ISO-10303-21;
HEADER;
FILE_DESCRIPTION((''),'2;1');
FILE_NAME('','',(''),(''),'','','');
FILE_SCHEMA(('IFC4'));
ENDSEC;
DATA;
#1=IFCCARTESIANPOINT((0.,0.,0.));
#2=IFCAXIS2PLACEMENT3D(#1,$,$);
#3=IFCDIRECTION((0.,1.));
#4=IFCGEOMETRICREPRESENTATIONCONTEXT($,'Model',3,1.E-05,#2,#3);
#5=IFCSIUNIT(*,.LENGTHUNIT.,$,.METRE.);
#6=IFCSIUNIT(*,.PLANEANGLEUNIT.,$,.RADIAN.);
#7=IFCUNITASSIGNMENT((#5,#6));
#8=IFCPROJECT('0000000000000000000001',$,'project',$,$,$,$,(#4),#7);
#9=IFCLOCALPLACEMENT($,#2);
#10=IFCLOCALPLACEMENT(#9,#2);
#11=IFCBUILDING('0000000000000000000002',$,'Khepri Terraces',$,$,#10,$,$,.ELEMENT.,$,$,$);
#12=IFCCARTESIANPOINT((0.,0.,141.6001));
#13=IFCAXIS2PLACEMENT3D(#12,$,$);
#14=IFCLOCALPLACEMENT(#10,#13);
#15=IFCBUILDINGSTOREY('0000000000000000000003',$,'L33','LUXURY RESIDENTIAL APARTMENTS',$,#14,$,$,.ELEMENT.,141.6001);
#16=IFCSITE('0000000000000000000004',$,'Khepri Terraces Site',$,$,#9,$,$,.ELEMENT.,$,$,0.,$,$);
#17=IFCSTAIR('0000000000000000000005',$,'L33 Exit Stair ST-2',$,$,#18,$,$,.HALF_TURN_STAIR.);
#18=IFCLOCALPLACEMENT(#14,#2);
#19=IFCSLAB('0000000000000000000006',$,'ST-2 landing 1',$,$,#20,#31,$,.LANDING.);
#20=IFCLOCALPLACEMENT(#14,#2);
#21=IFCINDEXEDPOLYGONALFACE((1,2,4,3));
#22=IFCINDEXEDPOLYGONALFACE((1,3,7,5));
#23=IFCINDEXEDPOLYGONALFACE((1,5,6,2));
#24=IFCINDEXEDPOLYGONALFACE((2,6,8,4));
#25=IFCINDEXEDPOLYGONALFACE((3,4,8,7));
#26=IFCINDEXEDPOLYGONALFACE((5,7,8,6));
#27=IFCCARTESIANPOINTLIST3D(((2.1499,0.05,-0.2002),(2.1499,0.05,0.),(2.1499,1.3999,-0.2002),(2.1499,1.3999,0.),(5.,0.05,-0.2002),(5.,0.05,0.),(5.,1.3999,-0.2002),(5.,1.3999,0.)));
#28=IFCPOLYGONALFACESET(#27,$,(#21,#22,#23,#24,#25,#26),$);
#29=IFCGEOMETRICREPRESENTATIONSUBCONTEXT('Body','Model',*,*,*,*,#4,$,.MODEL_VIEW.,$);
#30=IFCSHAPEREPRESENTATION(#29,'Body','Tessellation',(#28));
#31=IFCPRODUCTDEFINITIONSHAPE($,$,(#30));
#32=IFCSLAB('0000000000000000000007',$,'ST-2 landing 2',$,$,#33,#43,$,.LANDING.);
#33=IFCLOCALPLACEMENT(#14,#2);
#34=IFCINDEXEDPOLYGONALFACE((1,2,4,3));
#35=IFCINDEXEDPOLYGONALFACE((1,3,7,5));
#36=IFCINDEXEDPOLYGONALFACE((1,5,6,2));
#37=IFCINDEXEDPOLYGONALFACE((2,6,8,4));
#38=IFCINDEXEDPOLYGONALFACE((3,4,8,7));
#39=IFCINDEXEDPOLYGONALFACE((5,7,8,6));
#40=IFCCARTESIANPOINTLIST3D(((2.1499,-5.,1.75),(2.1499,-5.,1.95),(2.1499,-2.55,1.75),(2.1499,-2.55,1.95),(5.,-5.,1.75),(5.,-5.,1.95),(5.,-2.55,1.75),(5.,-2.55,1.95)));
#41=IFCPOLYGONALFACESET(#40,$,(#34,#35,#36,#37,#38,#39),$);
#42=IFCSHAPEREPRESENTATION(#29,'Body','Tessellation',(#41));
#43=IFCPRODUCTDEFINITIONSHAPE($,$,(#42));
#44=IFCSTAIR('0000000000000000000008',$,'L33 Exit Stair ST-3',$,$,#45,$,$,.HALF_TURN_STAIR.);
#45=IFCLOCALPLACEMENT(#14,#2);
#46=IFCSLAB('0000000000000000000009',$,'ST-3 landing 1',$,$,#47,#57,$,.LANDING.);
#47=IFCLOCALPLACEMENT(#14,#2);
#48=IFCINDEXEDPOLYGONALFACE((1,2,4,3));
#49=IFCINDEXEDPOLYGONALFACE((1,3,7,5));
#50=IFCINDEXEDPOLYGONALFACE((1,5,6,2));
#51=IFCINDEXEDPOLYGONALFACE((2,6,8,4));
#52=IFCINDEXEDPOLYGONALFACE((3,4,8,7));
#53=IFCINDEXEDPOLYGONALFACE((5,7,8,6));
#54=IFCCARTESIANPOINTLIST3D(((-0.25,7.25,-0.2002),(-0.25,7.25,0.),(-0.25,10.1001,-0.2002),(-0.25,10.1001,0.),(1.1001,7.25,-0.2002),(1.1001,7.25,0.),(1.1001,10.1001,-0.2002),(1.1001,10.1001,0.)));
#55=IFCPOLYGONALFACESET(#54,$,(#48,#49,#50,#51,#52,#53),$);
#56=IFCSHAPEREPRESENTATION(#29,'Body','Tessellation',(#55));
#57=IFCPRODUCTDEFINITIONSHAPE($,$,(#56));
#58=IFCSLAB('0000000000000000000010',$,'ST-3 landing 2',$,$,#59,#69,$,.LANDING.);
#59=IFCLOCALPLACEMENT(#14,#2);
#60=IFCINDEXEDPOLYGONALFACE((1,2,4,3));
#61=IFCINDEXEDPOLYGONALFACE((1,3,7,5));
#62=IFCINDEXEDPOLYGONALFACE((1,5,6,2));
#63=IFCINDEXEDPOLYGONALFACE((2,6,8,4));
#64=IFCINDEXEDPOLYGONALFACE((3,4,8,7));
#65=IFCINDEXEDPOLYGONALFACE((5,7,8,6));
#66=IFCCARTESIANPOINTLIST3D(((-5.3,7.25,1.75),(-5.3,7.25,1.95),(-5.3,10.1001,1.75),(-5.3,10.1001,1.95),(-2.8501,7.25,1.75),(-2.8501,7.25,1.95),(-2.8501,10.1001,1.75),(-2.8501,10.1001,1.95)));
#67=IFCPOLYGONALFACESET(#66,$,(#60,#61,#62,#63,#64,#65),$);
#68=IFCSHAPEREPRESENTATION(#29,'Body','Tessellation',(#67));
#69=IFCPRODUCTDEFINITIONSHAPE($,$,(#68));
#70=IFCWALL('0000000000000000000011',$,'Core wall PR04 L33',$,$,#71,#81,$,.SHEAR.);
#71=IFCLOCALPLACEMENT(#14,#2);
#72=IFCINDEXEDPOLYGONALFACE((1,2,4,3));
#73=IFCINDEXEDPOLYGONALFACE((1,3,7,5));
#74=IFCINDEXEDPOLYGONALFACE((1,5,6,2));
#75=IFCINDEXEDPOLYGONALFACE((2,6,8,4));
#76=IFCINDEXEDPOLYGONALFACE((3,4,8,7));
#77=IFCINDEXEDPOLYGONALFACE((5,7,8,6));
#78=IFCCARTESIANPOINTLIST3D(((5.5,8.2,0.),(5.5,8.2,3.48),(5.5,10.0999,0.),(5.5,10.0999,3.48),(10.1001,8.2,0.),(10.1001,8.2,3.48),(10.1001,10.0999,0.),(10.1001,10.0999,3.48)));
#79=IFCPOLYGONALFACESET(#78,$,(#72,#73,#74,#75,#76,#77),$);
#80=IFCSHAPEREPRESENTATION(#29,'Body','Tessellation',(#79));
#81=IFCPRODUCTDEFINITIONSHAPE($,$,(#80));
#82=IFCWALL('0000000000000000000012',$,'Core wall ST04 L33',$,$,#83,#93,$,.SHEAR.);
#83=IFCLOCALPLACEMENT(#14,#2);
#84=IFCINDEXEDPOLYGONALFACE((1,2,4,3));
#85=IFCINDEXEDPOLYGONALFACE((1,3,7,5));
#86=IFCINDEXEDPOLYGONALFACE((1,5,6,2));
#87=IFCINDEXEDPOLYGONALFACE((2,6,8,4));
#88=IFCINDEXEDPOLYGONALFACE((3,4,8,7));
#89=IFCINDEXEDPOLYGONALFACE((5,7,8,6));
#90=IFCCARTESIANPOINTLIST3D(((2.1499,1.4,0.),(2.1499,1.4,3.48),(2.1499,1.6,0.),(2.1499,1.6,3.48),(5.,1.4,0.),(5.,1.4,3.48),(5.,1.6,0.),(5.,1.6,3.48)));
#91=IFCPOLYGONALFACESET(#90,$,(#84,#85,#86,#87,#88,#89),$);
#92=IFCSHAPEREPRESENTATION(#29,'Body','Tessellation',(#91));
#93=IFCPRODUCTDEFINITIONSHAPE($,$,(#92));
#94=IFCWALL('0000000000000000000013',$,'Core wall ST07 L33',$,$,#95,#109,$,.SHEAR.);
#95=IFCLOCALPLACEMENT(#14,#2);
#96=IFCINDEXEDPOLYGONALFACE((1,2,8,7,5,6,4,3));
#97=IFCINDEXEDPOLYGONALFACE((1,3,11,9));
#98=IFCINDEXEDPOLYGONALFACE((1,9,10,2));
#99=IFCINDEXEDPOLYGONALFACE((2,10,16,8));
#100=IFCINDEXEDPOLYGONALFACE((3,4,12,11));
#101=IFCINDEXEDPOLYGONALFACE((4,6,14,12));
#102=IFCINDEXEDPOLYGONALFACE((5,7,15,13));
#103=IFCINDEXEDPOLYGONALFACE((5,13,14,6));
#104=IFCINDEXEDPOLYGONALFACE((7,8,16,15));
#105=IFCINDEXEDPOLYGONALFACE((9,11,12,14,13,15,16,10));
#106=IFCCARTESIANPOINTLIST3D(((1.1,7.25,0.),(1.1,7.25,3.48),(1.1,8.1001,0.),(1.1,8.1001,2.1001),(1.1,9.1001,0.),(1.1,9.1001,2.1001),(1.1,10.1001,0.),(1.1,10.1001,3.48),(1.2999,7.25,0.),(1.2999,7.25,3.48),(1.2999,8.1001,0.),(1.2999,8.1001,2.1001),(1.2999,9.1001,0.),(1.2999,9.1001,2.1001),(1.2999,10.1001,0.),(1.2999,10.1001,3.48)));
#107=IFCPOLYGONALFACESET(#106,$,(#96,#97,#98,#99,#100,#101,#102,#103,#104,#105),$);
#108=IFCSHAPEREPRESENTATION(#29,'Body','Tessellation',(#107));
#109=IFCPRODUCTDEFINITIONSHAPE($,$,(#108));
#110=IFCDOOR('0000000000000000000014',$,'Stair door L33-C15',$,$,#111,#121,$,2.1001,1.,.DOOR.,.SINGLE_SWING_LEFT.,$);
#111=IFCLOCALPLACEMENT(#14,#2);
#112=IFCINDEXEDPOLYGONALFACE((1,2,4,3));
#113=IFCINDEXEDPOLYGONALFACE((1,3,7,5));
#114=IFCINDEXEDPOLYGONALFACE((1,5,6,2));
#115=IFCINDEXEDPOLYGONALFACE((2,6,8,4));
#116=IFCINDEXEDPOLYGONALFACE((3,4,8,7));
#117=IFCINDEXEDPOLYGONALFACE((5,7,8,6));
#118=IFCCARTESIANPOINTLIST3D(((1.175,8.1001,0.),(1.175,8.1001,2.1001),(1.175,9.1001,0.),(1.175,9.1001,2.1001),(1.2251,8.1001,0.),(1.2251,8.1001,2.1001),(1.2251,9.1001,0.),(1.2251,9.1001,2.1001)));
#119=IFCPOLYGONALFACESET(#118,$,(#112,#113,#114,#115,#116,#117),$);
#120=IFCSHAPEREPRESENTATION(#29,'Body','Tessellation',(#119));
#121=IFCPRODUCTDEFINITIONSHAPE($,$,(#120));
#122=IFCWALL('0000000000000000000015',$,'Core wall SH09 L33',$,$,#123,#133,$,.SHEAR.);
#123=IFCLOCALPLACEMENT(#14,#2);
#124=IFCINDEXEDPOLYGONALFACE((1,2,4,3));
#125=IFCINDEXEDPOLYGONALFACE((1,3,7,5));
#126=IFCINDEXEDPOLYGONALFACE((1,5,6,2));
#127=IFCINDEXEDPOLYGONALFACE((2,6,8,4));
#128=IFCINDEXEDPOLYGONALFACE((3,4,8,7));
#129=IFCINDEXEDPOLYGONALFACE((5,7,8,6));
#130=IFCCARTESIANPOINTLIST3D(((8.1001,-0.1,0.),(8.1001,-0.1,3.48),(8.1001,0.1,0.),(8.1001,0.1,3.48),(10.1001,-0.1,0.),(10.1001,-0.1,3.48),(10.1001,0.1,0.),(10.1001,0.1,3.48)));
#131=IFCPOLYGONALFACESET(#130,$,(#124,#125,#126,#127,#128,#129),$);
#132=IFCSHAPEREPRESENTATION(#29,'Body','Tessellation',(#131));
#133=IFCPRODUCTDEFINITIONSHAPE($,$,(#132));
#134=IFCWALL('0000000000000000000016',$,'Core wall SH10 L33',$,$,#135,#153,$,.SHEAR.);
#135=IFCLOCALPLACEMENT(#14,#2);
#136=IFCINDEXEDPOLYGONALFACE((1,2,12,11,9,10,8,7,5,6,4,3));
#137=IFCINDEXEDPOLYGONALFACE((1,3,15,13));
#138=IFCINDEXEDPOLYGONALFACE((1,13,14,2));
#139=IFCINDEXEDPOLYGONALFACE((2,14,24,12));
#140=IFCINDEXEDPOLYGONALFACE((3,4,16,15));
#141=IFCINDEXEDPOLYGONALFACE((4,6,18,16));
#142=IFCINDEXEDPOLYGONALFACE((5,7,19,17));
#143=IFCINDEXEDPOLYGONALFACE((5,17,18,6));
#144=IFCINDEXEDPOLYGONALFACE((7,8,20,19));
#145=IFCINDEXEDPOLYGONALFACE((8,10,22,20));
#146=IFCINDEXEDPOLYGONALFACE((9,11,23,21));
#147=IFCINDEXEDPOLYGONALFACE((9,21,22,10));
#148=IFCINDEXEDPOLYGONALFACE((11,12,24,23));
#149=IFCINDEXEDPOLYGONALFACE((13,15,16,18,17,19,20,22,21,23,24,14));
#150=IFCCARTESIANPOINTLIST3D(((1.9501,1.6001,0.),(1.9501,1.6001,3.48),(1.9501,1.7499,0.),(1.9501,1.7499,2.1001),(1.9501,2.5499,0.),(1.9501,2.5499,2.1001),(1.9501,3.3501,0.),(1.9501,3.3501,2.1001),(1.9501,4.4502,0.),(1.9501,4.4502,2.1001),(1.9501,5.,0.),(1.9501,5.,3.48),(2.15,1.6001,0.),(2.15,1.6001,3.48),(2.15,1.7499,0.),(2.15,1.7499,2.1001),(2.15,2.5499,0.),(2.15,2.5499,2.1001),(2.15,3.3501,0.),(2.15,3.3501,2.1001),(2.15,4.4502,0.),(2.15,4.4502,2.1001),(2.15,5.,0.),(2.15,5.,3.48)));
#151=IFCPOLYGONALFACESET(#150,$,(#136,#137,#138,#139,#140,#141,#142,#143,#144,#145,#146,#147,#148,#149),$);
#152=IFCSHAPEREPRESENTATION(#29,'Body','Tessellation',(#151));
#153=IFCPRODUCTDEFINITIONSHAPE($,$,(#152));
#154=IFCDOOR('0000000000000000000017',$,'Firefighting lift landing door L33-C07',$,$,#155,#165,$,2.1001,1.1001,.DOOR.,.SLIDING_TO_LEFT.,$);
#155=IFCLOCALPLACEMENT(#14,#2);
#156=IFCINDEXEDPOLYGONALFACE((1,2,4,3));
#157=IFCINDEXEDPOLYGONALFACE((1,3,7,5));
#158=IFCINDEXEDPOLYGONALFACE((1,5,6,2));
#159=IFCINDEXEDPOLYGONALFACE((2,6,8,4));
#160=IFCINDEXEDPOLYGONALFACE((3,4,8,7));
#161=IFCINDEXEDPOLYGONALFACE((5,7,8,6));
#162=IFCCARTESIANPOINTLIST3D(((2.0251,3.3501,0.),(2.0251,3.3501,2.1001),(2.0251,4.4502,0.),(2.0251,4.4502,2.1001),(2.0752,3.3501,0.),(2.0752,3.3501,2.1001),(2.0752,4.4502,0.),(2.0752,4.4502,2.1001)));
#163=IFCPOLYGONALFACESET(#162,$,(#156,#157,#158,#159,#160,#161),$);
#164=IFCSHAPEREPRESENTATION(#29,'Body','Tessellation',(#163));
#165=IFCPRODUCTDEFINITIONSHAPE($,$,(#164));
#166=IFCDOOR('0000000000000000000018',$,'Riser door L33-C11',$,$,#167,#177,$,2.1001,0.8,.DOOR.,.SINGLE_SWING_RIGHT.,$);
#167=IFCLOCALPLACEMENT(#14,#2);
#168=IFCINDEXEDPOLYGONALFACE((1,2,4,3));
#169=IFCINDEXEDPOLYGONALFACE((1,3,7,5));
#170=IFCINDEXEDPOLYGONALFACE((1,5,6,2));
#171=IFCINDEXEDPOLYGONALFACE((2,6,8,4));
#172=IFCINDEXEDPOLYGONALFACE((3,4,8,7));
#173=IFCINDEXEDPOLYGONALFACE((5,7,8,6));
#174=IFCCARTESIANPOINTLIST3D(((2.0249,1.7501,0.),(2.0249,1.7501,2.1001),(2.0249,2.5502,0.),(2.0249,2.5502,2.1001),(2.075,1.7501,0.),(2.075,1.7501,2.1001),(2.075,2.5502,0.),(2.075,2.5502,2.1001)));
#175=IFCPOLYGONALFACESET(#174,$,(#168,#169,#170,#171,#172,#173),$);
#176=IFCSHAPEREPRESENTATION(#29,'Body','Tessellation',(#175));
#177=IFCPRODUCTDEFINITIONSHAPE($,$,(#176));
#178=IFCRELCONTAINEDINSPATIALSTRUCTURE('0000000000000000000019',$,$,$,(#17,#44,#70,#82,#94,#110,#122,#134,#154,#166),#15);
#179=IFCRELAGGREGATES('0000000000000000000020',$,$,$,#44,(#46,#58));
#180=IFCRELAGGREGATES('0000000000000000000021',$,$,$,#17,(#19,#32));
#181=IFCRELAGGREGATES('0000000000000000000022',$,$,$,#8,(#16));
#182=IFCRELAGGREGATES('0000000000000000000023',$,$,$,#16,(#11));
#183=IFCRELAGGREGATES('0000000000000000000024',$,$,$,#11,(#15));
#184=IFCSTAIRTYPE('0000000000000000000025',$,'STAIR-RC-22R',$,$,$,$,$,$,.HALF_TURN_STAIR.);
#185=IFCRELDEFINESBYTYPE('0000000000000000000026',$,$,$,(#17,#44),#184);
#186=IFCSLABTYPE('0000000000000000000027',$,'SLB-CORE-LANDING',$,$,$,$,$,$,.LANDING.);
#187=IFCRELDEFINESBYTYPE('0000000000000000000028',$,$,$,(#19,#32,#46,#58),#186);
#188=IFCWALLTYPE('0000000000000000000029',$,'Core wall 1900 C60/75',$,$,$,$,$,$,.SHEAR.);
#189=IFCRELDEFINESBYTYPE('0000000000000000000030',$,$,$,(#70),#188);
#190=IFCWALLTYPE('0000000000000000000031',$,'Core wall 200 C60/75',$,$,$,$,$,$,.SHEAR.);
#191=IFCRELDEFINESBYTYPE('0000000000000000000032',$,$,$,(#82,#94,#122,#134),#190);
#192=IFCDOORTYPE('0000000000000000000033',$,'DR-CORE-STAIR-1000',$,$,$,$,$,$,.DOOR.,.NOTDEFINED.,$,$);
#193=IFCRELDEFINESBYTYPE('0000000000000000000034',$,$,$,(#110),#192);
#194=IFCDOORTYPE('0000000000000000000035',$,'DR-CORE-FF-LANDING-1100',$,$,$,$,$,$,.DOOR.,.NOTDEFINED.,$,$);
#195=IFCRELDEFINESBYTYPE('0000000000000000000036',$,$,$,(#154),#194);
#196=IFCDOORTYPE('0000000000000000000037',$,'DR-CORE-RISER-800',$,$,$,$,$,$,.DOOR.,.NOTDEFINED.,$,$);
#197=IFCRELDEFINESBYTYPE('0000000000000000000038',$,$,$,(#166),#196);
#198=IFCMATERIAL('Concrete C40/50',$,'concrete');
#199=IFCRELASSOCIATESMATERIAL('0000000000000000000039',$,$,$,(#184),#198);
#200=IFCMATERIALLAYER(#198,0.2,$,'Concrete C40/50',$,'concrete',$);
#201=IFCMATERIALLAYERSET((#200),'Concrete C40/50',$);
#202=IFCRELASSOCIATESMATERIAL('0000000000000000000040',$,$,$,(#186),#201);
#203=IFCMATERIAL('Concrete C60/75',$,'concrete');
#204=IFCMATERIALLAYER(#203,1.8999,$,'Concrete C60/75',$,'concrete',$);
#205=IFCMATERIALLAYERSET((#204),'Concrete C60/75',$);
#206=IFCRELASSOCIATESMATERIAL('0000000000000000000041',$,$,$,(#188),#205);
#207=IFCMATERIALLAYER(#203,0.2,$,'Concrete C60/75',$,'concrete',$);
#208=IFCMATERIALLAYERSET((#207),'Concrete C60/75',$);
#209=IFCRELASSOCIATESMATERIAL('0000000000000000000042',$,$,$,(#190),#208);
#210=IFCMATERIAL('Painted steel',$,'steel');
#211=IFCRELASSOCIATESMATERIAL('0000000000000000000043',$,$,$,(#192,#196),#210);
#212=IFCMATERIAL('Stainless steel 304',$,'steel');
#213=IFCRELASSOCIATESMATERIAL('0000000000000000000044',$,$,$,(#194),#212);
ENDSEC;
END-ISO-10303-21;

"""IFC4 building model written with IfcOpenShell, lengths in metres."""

from ifc_helpers import new_model, si_unit, direction, frame, frame_2d, origin, place, context, subcontext, project, spatial, polyline, rectangle, outline, extrude, material, layer, layer_set, type_object, element, fill, aggregate, save


model = new_model("IFC4")

# Units and contexts
model_context = context("Model", 3, precision=1e-05, world=origin(), true_north=direction((0.0, 1.0)))
body_context = subcontext(model_context, "Body", "Model", "MODEL_VIEW")
ifc_project = project(units=[si_unit("LENGTHUNIT", "METRE"), si_unit("PLANEANGLEUNIT", "RADIAN")], contexts=[model_context])

# Site, building, storey
site_placement = place(None, origin())
site = spatial("IfcSite", under=ifc_project, at=site_placement, Name="Khepri Terraces Site", CompositionType="ELEMENT", RefElevation=0.0)
building_placement = place(site_placement, origin())
building = spatial("IfcBuilding", under=site, at=building_placement, Name="Khepri Terraces", CompositionType="ELEMENT")
storey_placement = place(building_placement, frame((0.0, 0.0, 141.6001)))
storey = spatial("IfcBuildingStorey", under=building, at=storey_placement, Name="L33", Description="LUXURY RESIDENTIAL APARTMENTS", CompositionType="ELEMENT", Elevation=141.6001)

# Stairs, slabs
ifc_material_1 = material(Name="Concrete C40/50", Category="concrete")
stair_type = type_object("IfcStairType", Name="STAIR-RC-22R", PredefinedType="HALF_TURN_STAIR", material=ifc_material_1)
stair_1_placement = place(storey_placement, origin())
stair_1 = element("IfcStair", 1, at=stair_1_placement, inside=storey, type_object=stair_type, Name="L33 Exit Stair ST-2", PredefinedType="HALF_TURN_STAIR")
ifc_layer_1 = layer(ifc_material_1, 0.2, Name="Concrete C40/50", Category="concrete")
ifc_layer_set_1 = layer_set([ifc_layer_1], Name="Concrete C40/50")
slab_type = type_object("IfcSlabType", Name="SLB-CORE-LANDING", PredefinedType="LANDING", material=ifc_layer_set_1)
slab_1_placement = place(storey_placement, frame((0.0, 0.0, -0.2002)))
slab_1 = element("IfcSlab", 2, at=slab_1_placement, type_object=slab_type, Name="ST-2 landing 1", PredefinedType="LANDING", context=body_context, shape_type="SweptSolid", body=[
    extrude(outline(polyline([(2.1499, 1.3999), (2.1499, 0.05), (5.0, 0.05), (5.0, 1.3999), (2.1499, 1.3999)])), origin(), (0.0, 0.0, 1.0), 0.2002),
])
slab_2_placement = place(storey_placement, frame((0.0, 0.0, 1.75)))
slab_2 = element("IfcSlab", 3, at=slab_2_placement, type_object=slab_type, Name="ST-2 landing 2", PredefinedType="LANDING", context=body_context, shape_type="SweptSolid", body=[
    extrude(outline(polyline([(2.1499, -2.55), (2.1499, -5.0), (5.0, -5.0), (5.0, -2.55), (2.1499, -2.55)])), origin(), (0.0, 0.0, 1.0), 0.2),
])
stair_2_placement = place(storey_placement, origin())
stair_2 = element("IfcStair", 4, at=stair_2_placement, inside=storey, type_object=stair_type, Name="L33 Exit Stair ST-3", PredefinedType="HALF_TURN_STAIR")
slab_3_placement = place(storey_placement, frame((0.0, 0.0, -0.2002)))
slab_3 = element("IfcSlab", 5, at=slab_3_placement, type_object=slab_type, Name="ST-3 landing 1", PredefinedType="LANDING", context=body_context, shape_type="SweptSolid", body=[
    extrude(outline(polyline([(1.1001, 10.1001), (-0.25, 10.1001), (-0.25, 7.25), (1.1001, 7.25), (1.1001, 10.1001)])), origin(), (0.0, 0.0, 1.0), 0.2002),
])
slab_4_placement = place(storey_placement, frame((0.0, 0.0, 1.75)))
slab_4 = element("IfcSlab", 6, at=slab_4_placement, type_object=slab_type, Name="ST-3 landing 2", PredefinedType="LANDING", context=body_context, shape_type="SweptSolid", body=[
    extrude(outline(polyline([(-2.8501, 10.1001), (-5.3, 10.1001), (-5.3, 7.25), (-2.8501, 7.25), (-2.8501, 10.1001)])), origin(), (0.0, 0.0, 1.0), 0.2),
])
aggregate(stair_2, [slab_3, slab_4])

# Walls
ifc_material_2 = material(Name="Concrete C60/75", Category="concrete")
ifc_layer_2 = layer(ifc_material_2, 1.8999, Name="Concrete C60/75", Category="concrete")
ifc_layer_set_2 = layer_set([ifc_layer_2], Name="Concrete C60/75")
wall_type_1 = type_object("IfcWallType", Name="Core wall 1900 C60/75", PredefinedType="SHEAR", material=ifc_layer_set_2)
wall_1_placement = place(storey_placement, frame((5.5, 9.1499, 0.0), z_axis=(0.0, 0.0, 1.0), x_axis=(1.0, 0.0, 0.0)))
element("IfcWall", 7, at=wall_1_placement, inside=storey, type_object=wall_type_1, Name="Core wall PR04 L33", PredefinedType="SHEAR", context=body_context, shape_type="SweptSolid", body=[
    extrude(rectangle(XDim=4.6001, YDim=1.8999, at=frame_2d((2.3, 0.0))), origin(), (0.0, 0.0, 1.0), 3.48),
])
ifc_layer_3 = layer(ifc_material_2, 0.2, Name="Concrete C60/75", Category="concrete")
ifc_layer_set_3 = layer_set([ifc_layer_3], Name="Concrete C60/75")
wall_type_2 = type_object("IfcWallType", Name="Core wall 200 C60/75", PredefinedType="SHEAR", material=ifc_layer_set_3)
wall_2_placement = place(storey_placement, frame((2.1499, 1.5, 0.0), z_axis=(0.0, 0.0, 1.0), x_axis=(1.0, 0.0, 0.0)))
element("IfcWall", 8, at=wall_2_placement, inside=storey, type_object=wall_type_2, Name="Core wall ST04 L33", PredefinedType="SHEAR", context=body_context, shape_type="SweptSolid", body=[
    extrude(rectangle(XDim=2.8501, YDim=0.2, at=frame_2d((1.425, 0.0))), origin(), (0.0, 0.0, 1.0), 3.48),
])

# Wall, opening, door
wall_3_placement = place(storey_placement, frame((1.2, 7.25, 0.0), z_axis=(0.0, 0.0, 1.0), x_axis=(0.0, 1.0, 0.0)))
wall_3 = element("IfcWall", 9, at=wall_3_placement, inside=storey, type_object=wall_type_2, Name="Core wall ST07 L33", PredefinedType="SHEAR", context=body_context, shape_type="SweptSolid", body=[
    extrude(rectangle(XDim=2.8501, YDim=0.2, at=frame_2d((1.425, 0.0))), origin(), (0.0, 0.0, 1.0), 3.48),
])
opening_1_placement = place(wall_3_placement, frame((0.8501, 0.0, 0.0)))
opening_1 = element("IfcOpeningElement", 10, at=opening_1_placement, cuts=wall_3, PredefinedType="OPENING", context=body_context, shape_type="SweptSolid", body=[
    extrude(rectangle(XDim=1.0, YDim=2.1001, at=frame_2d((0.5, 1.05))), frame((0.0, 0.1099, 0.0), z_axis=(0.0, -1.0, 0.0), x_axis=(1.0, 0.0, 0.0)), (0.0, 0.0, 1.0), 0.22),
])
ifc_material_3 = material(Name="Painted steel", Category="steel")
door_type_1 = type_object("IfcDoorType", Name="DR-CORE-STAIR-1000", OperationType="NOTDEFINED", PredefinedType="DOOR", material=ifc_material_3)
door_1_placement = place(opening_1_placement, origin())
door_1 = element("IfcDoor", 11, at=door_1_placement, inside=storey, type_object=door_type_1, Name="Stair door L33-C15", OperationType="SINGLE_SWING_LEFT", OverallHeight=2.1001, OverallWidth=1.0, PredefinedType="DOOR", context=body_context, shape_type="SweptSolid", body=[
    extrude(rectangle(XDim=1.0, YDim=2.1001, at=frame_2d((0.5, 1.05))), frame((0.0, 0.0249, 0.0), z_axis=(0.0, -1.0, 0.0), x_axis=(1.0, 0.0, 0.0)), (0.0, 0.0, 1.0), 0.05),
])
fill(opening_1, door_1)

# Wall
wall_4_placement = place(storey_placement, frame((8.1001, 0.0, 0.0), z_axis=(0.0, 0.0, 1.0), x_axis=(1.0, 0.0, 0.0)))
element("IfcWall", 12, at=wall_4_placement, inside=storey, type_object=wall_type_2, Name="Core wall SH09 L33", PredefinedType="SHEAR", context=body_context, shape_type="SweptSolid", body=[
    extrude(rectangle(XDim=2.0, YDim=0.2, at=frame_2d((1.0, 0.0))), origin(), (0.0, 0.0, 1.0), 3.48),
])

# Wall, openings, doors
wall_5_placement = place(storey_placement, frame((2.05, 1.6001, 0.0), z_axis=(0.0, 0.0, 1.0), x_axis=(0.0, 1.0, 0.0)))
wall_5 = element("IfcWall", 13, at=wall_5_placement, inside=storey, type_object=wall_type_2, Name="Core wall SH10 L33", PredefinedType="SHEAR", context=body_context, shape_type="SweptSolid", body=[
    extrude(rectangle(XDim=3.3999, YDim=0.2, at=frame_2d((1.7, 0.0))), origin(), (0.0, 0.0, 1.0), 3.48),
])
opening_2_placement = place(wall_5_placement, frame((1.75, 0.0, 0.0)))
opening_2 = element("IfcOpeningElement", 14, at=opening_2_placement, cuts=wall_5, PredefinedType="OPENING", context=body_context, shape_type="SweptSolid", body=[
    extrude(rectangle(XDim=1.1001, YDim=2.1001, at=frame_2d((0.55, 1.05))), frame((0.0, 0.1099, 0.0), z_axis=(0.0, -1.0, 0.0), x_axis=(1.0, 0.0, 0.0)), (0.0, 0.0, 1.0), 0.22),
])
opening_3_placement = place(wall_5_placement, frame((0.1499, 0.0, 0.0)))
opening_3 = element("IfcOpeningElement", 15, at=opening_3_placement, cuts=wall_5, PredefinedType="OPENING", context=body_context, shape_type="SweptSolid", body=[
    extrude(rectangle(XDim=0.8, YDim=2.1001, at=frame_2d((0.3999, 1.05))), frame((0.0, 0.1099, 0.0), z_axis=(0.0, -1.0, 0.0), x_axis=(1.0, 0.0, 0.0)), (0.0, 0.0, 1.0), 0.22),
])
ifc_material_4 = material(Name="Stainless steel 304", Category="steel")
door_type_2 = type_object("IfcDoorType", Name="DR-CORE-FF-LANDING-1100", OperationType="NOTDEFINED", PredefinedType="DOOR", material=ifc_material_4)
door_2_placement = place(opening_2_placement, origin())
door_2 = element("IfcDoor", 16, at=door_2_placement, inside=storey, type_object=door_type_2, Name="Firefighting lift landing door L33-C07", OperationType="SLIDING_TO_LEFT", OverallHeight=2.1001, OverallWidth=1.1001, PredefinedType="DOOR", context=body_context, shape_type="SweptSolid", body=[
    extrude(rectangle(XDim=1.1001, YDim=2.1001, at=frame_2d((0.55, 1.05))), frame((0.0, 0.0249, 0.0), z_axis=(0.0, -1.0, 0.0), x_axis=(1.0, 0.0, 0.0)), (0.0, 0.0, 1.0), 0.05),
])
fill(opening_2, door_2)
door_type_3 = type_object("IfcDoorType", Name="DR-CORE-RISER-800", OperationType="NOTDEFINED", PredefinedType="DOOR", material=ifc_material_3)
door_3_placement = place(opening_3_placement, frame((0.8, 0.0, 0.0), z_axis=(0.0, 0.0, 1.0), x_axis=(-1.0, 0.0, 0.0)))
door_3 = element("IfcDoor", 17, at=door_3_placement, inside=storey, type_object=door_type_3, Name="Riser door L33-C11", OperationType="SINGLE_SWING_RIGHT", OverallHeight=2.1001, OverallWidth=0.8, PredefinedType="DOOR", context=body_context, shape_type="SweptSolid", body=[
    extrude(rectangle(XDim=0.8, YDim=2.1001, at=frame_2d((0.3999, 1.05))), frame((0.0, 0.0249, 0.0), z_axis=(0.0, -1.0, 0.0), x_axis=(1.0, 0.0, 0.0)), (0.0, 0.0, 1.0), 0.05),
])
fill(opening_3, door_3)

aggregate(stair_1, [slab_1, slab_2])

save(model, "model.ifc")
